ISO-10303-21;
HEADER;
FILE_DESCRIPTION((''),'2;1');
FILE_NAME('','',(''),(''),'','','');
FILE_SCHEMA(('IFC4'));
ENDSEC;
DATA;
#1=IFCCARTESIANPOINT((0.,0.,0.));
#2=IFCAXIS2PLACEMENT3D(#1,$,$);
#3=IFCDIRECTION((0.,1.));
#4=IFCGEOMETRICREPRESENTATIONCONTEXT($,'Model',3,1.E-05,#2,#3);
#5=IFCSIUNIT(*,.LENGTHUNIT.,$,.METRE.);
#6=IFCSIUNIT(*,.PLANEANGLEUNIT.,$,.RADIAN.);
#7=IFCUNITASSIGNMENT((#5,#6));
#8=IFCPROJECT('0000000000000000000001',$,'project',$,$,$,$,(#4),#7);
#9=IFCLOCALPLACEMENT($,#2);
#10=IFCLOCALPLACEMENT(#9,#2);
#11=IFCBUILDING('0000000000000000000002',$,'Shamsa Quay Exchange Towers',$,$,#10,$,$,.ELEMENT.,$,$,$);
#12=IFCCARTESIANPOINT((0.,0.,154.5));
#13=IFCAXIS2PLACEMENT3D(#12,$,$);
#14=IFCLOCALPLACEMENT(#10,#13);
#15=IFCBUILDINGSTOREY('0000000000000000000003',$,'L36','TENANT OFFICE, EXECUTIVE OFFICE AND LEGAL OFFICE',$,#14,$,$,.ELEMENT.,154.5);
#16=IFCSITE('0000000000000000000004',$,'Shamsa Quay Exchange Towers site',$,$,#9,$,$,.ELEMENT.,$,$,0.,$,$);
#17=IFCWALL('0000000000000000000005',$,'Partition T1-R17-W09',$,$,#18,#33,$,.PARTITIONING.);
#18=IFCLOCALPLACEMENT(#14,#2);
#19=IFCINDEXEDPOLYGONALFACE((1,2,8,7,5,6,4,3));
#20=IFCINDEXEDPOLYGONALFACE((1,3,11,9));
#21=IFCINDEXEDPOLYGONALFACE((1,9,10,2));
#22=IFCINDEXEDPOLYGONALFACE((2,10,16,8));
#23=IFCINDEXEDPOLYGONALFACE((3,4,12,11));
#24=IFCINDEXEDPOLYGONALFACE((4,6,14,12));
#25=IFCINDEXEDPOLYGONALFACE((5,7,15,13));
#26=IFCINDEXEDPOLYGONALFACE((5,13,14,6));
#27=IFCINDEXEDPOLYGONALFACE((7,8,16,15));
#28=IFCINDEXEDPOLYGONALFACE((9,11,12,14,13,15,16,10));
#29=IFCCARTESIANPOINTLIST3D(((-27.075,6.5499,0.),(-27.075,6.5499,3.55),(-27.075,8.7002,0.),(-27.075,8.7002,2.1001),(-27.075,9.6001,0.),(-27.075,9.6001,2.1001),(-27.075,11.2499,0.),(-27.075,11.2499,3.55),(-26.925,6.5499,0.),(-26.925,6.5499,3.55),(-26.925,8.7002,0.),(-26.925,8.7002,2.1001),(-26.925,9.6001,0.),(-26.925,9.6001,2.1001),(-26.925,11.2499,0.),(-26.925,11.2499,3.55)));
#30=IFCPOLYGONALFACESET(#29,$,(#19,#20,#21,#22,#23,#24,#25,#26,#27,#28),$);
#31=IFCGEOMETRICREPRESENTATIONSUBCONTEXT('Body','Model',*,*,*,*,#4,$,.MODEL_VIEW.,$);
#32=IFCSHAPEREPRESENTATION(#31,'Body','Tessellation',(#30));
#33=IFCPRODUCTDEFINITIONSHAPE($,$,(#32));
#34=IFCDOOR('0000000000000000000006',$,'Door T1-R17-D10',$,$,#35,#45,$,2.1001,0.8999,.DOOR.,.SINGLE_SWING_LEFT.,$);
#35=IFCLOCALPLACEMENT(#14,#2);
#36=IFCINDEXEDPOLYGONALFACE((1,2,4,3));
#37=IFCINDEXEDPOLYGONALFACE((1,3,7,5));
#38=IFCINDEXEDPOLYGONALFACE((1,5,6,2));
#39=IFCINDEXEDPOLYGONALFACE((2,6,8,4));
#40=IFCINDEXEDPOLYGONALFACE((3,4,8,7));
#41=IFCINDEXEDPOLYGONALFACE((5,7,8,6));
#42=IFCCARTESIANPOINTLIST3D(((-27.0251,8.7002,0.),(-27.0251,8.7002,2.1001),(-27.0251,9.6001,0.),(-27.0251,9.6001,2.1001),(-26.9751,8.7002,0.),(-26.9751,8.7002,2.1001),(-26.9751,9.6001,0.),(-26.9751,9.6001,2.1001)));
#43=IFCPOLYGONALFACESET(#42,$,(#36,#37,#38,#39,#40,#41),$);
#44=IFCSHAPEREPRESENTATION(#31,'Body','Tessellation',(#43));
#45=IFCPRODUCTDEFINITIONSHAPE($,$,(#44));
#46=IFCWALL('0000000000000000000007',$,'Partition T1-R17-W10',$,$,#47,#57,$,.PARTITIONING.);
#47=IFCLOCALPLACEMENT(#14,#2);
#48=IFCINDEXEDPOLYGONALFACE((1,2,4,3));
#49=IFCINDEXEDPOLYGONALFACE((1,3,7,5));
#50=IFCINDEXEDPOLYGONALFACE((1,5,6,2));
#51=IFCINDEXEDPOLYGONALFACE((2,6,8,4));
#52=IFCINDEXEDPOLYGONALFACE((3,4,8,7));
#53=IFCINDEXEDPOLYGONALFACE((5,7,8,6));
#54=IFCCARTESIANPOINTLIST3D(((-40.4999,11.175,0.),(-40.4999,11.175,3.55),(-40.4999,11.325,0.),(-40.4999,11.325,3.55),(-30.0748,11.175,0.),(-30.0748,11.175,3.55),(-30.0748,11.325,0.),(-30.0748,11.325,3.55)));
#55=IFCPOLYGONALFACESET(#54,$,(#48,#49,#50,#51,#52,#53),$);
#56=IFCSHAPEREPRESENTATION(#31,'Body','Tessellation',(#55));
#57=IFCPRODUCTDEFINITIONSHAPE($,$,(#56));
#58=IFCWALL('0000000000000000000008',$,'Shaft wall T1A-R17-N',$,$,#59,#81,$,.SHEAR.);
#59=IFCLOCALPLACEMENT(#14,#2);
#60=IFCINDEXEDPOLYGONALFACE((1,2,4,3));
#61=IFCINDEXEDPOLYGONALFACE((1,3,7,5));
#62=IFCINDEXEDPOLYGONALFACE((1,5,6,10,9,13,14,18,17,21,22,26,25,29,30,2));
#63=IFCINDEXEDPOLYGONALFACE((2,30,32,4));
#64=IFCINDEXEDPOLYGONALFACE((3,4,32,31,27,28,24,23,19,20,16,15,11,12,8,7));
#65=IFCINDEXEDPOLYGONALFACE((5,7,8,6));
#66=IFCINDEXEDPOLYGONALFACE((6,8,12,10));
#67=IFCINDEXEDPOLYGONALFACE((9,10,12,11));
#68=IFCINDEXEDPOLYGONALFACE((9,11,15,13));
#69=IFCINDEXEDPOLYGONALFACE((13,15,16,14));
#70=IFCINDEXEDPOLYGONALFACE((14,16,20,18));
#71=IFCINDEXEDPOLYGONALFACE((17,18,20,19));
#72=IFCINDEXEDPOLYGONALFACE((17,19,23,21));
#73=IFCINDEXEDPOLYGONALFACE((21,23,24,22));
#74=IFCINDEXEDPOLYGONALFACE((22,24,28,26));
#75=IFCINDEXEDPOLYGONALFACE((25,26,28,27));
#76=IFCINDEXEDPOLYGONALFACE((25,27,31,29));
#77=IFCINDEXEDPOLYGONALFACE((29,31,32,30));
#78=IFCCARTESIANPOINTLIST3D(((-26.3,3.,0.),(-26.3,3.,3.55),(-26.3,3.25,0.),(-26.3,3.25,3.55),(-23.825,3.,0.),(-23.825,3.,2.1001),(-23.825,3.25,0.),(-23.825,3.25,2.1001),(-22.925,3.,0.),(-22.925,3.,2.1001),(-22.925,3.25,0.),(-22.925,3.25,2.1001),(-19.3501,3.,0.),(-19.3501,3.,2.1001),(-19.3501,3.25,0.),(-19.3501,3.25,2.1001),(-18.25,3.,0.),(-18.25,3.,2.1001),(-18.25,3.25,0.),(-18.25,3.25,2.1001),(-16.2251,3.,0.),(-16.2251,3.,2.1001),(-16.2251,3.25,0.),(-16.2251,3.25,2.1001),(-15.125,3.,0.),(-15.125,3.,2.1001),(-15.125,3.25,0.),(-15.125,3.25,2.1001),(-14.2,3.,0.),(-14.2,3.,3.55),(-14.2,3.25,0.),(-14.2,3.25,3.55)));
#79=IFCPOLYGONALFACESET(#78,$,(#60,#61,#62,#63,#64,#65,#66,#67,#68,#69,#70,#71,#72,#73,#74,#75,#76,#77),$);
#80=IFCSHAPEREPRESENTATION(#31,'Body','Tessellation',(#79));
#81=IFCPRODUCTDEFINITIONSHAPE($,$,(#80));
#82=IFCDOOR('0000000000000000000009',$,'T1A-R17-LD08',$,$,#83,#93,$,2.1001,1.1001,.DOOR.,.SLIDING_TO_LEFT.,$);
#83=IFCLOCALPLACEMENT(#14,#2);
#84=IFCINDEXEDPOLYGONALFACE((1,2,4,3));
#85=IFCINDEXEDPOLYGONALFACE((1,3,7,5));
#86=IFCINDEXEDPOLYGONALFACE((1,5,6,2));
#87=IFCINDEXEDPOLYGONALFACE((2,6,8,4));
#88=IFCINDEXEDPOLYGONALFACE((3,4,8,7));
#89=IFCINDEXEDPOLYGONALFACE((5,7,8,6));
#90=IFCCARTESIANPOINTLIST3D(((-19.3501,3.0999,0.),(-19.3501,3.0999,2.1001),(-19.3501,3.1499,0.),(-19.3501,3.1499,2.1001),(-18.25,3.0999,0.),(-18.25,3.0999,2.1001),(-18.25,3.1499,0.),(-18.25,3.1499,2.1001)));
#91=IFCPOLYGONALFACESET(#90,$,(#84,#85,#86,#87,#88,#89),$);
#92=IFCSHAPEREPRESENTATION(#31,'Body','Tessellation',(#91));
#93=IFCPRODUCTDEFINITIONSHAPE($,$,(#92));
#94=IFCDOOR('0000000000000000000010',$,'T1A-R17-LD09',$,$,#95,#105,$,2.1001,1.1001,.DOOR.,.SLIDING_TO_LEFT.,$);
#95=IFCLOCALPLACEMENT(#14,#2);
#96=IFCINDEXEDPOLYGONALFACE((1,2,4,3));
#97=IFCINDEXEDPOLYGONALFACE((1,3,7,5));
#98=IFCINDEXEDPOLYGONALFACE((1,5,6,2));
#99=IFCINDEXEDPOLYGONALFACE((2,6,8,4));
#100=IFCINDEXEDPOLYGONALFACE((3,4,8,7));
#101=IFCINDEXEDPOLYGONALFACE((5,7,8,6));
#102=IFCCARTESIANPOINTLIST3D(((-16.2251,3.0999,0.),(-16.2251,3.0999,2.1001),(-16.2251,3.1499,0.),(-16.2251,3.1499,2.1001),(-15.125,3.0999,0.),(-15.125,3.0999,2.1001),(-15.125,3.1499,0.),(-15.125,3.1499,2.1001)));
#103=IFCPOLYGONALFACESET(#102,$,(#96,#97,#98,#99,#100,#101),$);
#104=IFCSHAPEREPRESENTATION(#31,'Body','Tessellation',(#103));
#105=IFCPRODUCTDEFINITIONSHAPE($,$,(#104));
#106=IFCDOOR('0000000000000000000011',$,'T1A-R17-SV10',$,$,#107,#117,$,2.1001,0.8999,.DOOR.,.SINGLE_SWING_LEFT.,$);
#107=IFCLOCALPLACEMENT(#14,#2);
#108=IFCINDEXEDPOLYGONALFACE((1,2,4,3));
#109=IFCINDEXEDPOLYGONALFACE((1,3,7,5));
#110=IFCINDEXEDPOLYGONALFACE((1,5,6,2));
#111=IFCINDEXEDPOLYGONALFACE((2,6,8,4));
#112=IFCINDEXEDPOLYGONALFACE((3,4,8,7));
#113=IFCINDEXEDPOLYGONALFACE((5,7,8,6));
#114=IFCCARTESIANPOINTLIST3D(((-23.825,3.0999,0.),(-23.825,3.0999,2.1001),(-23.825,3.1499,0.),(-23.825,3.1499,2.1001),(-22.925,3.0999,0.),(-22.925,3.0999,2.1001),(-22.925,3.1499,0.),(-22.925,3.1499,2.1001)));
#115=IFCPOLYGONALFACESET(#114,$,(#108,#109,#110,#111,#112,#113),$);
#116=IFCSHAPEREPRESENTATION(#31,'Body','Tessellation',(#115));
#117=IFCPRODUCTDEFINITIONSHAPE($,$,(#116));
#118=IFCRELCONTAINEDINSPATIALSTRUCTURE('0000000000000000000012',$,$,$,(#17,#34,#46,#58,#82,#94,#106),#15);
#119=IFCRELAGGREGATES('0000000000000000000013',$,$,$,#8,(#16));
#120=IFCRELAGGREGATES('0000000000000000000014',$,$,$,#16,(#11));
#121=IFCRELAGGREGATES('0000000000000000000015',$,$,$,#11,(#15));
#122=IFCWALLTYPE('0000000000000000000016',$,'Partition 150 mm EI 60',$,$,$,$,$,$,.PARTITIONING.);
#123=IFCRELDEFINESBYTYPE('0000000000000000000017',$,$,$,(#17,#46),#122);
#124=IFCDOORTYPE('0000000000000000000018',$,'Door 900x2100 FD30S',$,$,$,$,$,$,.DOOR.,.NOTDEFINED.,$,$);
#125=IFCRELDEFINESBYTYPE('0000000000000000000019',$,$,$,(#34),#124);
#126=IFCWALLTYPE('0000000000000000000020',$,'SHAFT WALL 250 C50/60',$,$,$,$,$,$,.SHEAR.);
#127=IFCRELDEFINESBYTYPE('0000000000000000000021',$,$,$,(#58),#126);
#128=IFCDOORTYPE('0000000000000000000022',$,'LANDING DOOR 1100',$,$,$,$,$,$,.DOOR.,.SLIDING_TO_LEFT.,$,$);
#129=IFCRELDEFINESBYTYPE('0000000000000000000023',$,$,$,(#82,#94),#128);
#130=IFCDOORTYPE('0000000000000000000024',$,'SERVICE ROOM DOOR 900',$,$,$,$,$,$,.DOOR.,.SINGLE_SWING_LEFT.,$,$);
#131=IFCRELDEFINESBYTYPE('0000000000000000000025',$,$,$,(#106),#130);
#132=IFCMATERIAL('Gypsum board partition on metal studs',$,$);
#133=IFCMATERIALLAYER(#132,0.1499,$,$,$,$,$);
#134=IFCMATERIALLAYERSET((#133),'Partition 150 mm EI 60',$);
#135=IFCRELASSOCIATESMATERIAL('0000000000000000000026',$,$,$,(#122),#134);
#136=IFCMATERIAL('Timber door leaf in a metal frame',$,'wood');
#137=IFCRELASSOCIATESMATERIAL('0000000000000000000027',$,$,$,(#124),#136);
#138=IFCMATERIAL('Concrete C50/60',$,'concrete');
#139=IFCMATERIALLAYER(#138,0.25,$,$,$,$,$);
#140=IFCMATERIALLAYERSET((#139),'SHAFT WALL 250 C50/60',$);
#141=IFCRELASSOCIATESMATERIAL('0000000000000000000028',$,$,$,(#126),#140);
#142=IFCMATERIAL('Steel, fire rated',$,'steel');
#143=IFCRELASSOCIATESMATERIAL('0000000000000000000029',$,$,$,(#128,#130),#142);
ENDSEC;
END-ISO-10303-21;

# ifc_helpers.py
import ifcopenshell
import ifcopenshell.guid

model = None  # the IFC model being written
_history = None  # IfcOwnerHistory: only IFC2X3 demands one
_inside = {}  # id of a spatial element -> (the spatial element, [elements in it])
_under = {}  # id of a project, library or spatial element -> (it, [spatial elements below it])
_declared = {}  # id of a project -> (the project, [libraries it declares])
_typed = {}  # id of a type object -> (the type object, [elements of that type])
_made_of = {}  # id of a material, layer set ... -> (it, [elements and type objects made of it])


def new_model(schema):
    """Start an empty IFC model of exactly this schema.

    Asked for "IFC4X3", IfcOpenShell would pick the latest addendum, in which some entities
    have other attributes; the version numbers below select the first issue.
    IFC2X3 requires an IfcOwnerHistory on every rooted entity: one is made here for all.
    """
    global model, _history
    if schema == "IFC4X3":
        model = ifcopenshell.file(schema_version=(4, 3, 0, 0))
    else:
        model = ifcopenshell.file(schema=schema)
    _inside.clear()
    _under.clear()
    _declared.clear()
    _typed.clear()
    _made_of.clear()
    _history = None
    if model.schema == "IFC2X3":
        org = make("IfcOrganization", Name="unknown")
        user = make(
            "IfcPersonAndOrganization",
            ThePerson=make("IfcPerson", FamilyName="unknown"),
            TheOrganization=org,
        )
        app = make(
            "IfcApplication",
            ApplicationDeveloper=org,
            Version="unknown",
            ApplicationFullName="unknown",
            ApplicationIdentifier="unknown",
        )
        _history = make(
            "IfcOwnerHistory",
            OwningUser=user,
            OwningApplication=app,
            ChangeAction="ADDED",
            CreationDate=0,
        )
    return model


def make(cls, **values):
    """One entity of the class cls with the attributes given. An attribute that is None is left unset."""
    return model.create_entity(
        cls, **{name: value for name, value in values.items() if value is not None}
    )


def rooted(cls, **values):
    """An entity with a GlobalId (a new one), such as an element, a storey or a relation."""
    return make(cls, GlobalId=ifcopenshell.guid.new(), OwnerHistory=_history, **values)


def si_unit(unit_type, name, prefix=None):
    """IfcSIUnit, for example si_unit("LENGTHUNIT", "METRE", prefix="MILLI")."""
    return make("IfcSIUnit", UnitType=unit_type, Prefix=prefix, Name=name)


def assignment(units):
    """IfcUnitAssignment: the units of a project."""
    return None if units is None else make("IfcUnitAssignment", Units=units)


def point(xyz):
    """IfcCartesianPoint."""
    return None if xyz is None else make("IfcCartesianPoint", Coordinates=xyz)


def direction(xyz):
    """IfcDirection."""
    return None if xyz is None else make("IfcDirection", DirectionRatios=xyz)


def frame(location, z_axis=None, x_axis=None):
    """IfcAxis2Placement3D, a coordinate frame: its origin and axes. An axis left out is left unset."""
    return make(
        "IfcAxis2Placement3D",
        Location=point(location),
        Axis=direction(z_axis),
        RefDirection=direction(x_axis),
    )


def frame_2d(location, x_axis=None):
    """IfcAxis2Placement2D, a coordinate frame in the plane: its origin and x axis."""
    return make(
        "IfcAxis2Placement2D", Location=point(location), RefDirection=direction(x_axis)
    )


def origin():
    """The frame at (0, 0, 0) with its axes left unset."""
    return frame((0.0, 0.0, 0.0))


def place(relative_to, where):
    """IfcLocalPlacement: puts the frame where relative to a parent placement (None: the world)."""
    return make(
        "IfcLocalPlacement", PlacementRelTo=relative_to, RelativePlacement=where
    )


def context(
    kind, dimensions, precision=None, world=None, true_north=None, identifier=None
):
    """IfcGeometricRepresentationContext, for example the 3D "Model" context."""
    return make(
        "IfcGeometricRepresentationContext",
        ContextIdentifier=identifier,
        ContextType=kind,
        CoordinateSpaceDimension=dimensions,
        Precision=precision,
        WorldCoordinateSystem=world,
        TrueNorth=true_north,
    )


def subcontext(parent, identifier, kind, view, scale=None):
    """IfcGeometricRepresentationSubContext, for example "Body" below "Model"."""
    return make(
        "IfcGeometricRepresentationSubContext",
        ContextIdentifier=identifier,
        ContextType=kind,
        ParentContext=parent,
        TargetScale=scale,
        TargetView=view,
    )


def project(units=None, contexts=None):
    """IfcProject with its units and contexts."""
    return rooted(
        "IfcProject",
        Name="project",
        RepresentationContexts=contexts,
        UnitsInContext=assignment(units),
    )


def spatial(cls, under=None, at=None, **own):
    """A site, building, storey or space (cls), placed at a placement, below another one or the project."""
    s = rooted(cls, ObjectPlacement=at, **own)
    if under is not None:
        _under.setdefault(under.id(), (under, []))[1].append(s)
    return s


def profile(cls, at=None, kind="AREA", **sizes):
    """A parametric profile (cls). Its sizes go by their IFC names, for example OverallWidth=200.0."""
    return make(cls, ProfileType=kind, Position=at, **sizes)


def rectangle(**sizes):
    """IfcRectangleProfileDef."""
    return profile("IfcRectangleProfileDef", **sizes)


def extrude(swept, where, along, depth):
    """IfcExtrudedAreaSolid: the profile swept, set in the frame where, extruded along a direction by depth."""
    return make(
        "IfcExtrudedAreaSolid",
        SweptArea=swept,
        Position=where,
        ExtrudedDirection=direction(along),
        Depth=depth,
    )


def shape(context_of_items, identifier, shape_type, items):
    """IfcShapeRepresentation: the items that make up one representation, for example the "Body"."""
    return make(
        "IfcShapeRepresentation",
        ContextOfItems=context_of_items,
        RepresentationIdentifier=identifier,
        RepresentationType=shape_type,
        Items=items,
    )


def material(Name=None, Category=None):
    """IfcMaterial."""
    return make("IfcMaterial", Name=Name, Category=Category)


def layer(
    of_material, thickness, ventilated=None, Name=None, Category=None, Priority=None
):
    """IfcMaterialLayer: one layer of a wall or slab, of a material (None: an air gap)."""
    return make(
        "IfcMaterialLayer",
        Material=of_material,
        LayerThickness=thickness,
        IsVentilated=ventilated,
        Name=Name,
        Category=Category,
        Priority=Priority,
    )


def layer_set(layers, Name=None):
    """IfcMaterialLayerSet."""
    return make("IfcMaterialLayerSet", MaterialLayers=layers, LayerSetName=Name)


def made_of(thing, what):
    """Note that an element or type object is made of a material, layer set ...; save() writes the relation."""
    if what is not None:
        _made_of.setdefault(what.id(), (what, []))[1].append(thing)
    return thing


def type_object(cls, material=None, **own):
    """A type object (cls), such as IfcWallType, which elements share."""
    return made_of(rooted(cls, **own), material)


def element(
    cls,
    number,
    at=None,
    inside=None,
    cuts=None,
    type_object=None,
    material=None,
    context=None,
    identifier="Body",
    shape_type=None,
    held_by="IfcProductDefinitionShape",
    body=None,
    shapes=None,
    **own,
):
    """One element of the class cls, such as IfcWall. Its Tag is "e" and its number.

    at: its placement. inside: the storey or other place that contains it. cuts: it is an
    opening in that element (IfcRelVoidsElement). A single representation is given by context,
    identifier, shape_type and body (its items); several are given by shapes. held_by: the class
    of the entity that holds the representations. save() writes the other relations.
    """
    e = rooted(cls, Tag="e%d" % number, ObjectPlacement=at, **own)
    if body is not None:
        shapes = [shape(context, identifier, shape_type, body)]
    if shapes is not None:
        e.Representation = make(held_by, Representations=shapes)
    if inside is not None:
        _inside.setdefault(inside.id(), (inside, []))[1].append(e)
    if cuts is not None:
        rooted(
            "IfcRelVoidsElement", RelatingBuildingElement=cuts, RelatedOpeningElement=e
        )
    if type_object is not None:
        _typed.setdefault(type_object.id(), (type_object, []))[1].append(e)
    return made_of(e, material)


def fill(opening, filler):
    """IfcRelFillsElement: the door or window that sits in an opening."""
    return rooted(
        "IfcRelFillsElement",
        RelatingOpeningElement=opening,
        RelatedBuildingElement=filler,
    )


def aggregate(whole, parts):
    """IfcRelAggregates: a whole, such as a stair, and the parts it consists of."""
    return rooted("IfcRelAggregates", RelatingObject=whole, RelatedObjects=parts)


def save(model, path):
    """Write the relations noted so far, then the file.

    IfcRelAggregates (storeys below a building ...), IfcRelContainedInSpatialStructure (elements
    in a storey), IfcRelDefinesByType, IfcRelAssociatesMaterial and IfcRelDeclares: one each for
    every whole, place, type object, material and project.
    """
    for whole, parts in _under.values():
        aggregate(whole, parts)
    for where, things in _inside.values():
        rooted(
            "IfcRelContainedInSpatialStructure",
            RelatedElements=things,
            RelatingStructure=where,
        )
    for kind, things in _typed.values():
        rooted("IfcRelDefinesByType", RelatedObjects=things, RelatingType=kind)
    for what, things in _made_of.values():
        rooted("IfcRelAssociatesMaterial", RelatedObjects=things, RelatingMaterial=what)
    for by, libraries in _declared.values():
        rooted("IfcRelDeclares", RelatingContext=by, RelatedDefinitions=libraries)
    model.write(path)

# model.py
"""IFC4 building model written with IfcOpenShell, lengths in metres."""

from ifc_helpers import new_model, si_unit, direction, frame, frame_2d, origin, place, context, subcontext, project, spatial, rectangle, extrude, material, layer, layer_set, type_object, element, fill, save


model = new_model("IFC4")

# Units and contexts
model_context = context("Model", 3, precision=1e-05, world=origin(), true_north=direction((0.0, 1.0)))
body_context = subcontext(model_context, "Body", "Model", "MODEL_VIEW")
ifc_project = project(units=[si_unit("LENGTHUNIT", "METRE"), si_unit("PLANEANGLEUNIT", "RADIAN")], contexts=[model_context])

# Site, building, storey
site_placement = place(None, origin())
site = spatial("IfcSite", under=ifc_project, at=site_placement, Name="Shamsa Quay Exchange Towers site", CompositionType="ELEMENT", RefElevation=0.0)
building_placement = place(site_placement, origin())
building = spatial("IfcBuilding", under=site, at=building_placement, Name="Shamsa Quay Exchange Towers", CompositionType="ELEMENT")
storey_placement = place(building_placement, frame((0.0, 0.0, 154.5)))
storey = spatial("IfcBuildingStorey", under=building, at=storey_placement, Name="L36", Description="TENANT OFFICE, EXECUTIVE OFFICE AND LEGAL OFFICE", CompositionType="ELEMENT", Elevation=154.5)

# Shared definitions
ifc_material_1 = material(Name="Steel, fire rated", Category="steel")

# Shared definitions
ifc_material_2 = material(Name="Gypsum board partition on metal studs")

# Shared definitions
ifc_layer_1 = layer(ifc_material_2, 0.1499)
ifc_layer_set_1 = layer_set([ifc_layer_1], Name="Partition 150 mm EI 60")
wall_type_1 = type_object("IfcWallType", Name="Partition 150 mm EI 60", PredefinedType="PARTITIONING", material=ifc_layer_set_1)
ifc_material_3 = material(Name="Timber door leaf in a metal frame", Category="wood")
door_type_1 = type_object("IfcDoorType", Name="Door 900x2100 FD30S", OperationType="NOTDEFINED", PredefinedType="DOOR", material=ifc_material_3)

# Wall, opening, door
wall_1_placement = place(storey_placement, frame((-27.0, 11.25, 0.0), z_axis=(0.0, 0.0, 1.0), x_axis=(0.0, -1.0, 0.0)))
wall_1 = element("IfcWall", 1, at=wall_1_placement, inside=storey, type_object=wall_type_1, Name="Partition T1-R17-W09", PredefinedType="PARTITIONING", context=body_context, shape_type="SweptSolid", body=[
    extrude(rectangle(XDim=4.7, YDim=0.1499, at=frame_2d((2.3501, 0.0))), origin(), (0.0, 0.0, 1.0), 3.55),
])
opening_1_placement = place(wall_1_placement, frame((1.6499, 0.0, 0.0)))
opening_1 = element("IfcOpeningElement", 2, at=opening_1_placement, cuts=wall_1, PredefinedType="OPENING", context=body_context, shape_type="SweptSolid", body=[
    extrude(rectangle(XDim=0.8999, YDim=2.1001, at=frame_2d((0.45, 1.05))), frame((0.0, 0.085, 0.0), z_axis=(0.0, -1.0, 0.0), x_axis=(1.0, 0.0, 0.0)), (0.0, 0.0, 1.0), 0.1699),
])
door_1_placement = place(opening_1_placement, origin())
door_1 = element("IfcDoor", 3, at=door_1_placement, inside=storey, type_object=door_type_1, Name="Door T1-R17-D10", OperationType="SINGLE_SWING_LEFT", OverallHeight=2.1001, OverallWidth=0.8999, PredefinedType="DOOR", context=body_context, shape_type="SweptSolid", body=[
    extrude(rectangle(XDim=0.8999, YDim=2.1001, at=frame_2d((0.45, 1.05))), frame((0.0, 0.0249, 0.0), z_axis=(0.0, -1.0, 0.0), x_axis=(1.0, 0.0, 0.0)), (0.0, 0.0, 1.0), 0.05),
])
fill(opening_1, door_1)

# Wall
wall_2_placement = place(storey_placement, frame((-30.075, 11.25, 0.0), z_axis=(0.0, 0.0, 1.0), x_axis=(-1.0, 0.0, 0.0)))
element("IfcWall", 4, at=wall_2_placement, inside=storey, type_object=wall_type_1, Name="Partition T1-R17-W10", PredefinedType="PARTITIONING", context=body_context, shape_type="SweptSolid", body=[
    extrude(rectangle(XDim=10.425, YDim=0.1499, at=frame_2d((5.2124, 0.0))), origin(), (0.0, 0.0, 1.0), 3.55),
])

# Wall, openings, doors
ifc_material_4 = material(Name="Concrete C50/60", Category="concrete")
ifc_layer_2 = layer(ifc_material_4, 0.25)
ifc_layer_set_2 = layer_set([ifc_layer_2], Name="SHAFT WALL 250 C50/60")
wall_type_2 = type_object("IfcWallType", Name="SHAFT WALL 250 C50/60", PredefinedType="SHEAR", material=ifc_layer_set_2)
wall_3_placement = place(storey_placement, frame((-26.3, 3.125, 0.0)))
wall_3 = element("IfcWall", 5, at=wall_3_placement, inside=storey, type_object=wall_type_2, Name="Shaft wall T1A-R17-N", PredefinedType="SHEAR", context=body_context, shape_type="SweptSolid", body=[
    extrude(rectangle(XDim=12.1001, YDim=0.25, at=frame_2d((6.05, 0.0))), origin(), (0.0, 0.0, 1.0), 3.55),
])
opening_2_placement = place(wall_3_placement, frame((6.95, 0.0, 0.0)))
opening_2 = element("IfcOpeningElement", 6, at=opening_2_placement, cuts=wall_3, PredefinedType="OPENING", context=body_context, shape_type="SweptSolid", body=[
    extrude(rectangle(XDim=1.1001, YDim=2.1001, at=frame_2d((0.55, 1.05))), frame((0.0, 0.135, 0.0), z_axis=(0.0, -1.0, 0.0), x_axis=(1.0, 0.0, 0.0)), (0.0, 0.0, 1.0), 0.27),
])
opening_3_placement = place(wall_3_placement, frame((10.075, 0.0, 0.0)))
opening_3 = element("IfcOpeningElement", 7, at=opening_3_placement, cuts=wall_3, PredefinedType="OPENING", context=body_context, shape_type="SweptSolid", body=[
    extrude(rectangle(XDim=1.1001, YDim=2.1001, at=frame_2d((0.55, 1.05))), frame((0.0, 0.135, 0.0), z_axis=(0.0, -1.0, 0.0), x_axis=(1.0, 0.0, 0.0)), (0.0, 0.0, 1.0), 0.27),
])
opening_4_placement = place(wall_3_placement, frame((2.4751, 0.0, 0.0)))
opening_4 = element("IfcOpeningElement", 8, at=opening_4_placement, cuts=wall_3, PredefinedType="OPENING", context=body_context, shape_type="SweptSolid", body=[
    extrude(rectangle(XDim=0.8999, YDim=2.1001, at=frame_2d((0.45, 1.05))), frame((0.0, 0.135, 0.0), z_axis=(0.0, -1.0, 0.0), x_axis=(1.0, 0.0, 0.0)), (0.0, 0.0, 1.0), 0.27),
])
door_type_2 = type_object("IfcDoorType", Name="LANDING DOOR 1100", OperationType="SLIDING_TO_LEFT", PredefinedType="DOOR", material=ifc_material_1)
door_2_placement = place(opening_2_placement, origin())
door_2 = element("IfcDoor", 9, at=door_2_placement, inside=storey, type_object=door_type_2, Name="T1A-R17-LD08", OperationType="SLIDING_TO_LEFT", OverallHeight=2.1001, OverallWidth=1.1001, PredefinedType="DOOR", context=body_context, shape_type="SweptSolid", body=[
    extrude(rectangle(XDim=1.1001, YDim=2.1001, at=frame_2d((0.55, 1.05))), frame((0.0, 0.0249, 0.0), z_axis=(0.0, -1.0, 0.0), x_axis=(1.0, 0.0, 0.0)), (0.0, 0.0, 1.0), 0.05),
])
fill(opening_2, door_2)
door_3_placement = place(opening_3_placement, origin())
door_3 = element("IfcDoor", 10, at=door_3_placement, inside=storey, type_object=door_type_2, Name="T1A-R17-LD09", OperationType="SLIDING_TO_LEFT", OverallHeight=2.1001, OverallWidth=1.1001, PredefinedType="DOOR", context=body_context, shape_type="SweptSolid", body=[
    extrude(rectangle(XDim=1.1001, YDim=2.1001, at=frame_2d((0.55, 1.05))), frame((0.0, 0.0249, 0.0), z_axis=(0.0, -1.0, 0.0), x_axis=(1.0, 0.0, 0.0)), (0.0, 0.0, 1.0), 0.05),
])
fill(opening_3, door_3)
door_type_3 = type_object("IfcDoorType", Name="SERVICE ROOM DOOR 900", OperationType="SINGLE_SWING_LEFT", PredefinedType="DOOR", material=ifc_material_1)
door_4_placement = place(opening_4_placement, origin())
door_4 = element("IfcDoor", 11, at=door_4_placement, inside=storey, type_object=door_type_3, Name="T1A-R17-SV10", OperationType="SINGLE_SWING_LEFT", OverallHeight=2.1001, OverallWidth=0.8999, PredefinedType="DOOR", context=body_context, shape_type="SweptSolid", body=[
    extrude(rectangle(XDim=0.8999, YDim=2.1001, at=frame_2d((0.45, 1.05))), frame((0.0, 0.0249, 0.0), z_axis=(0.0, -1.0, 0.0), x_axis=(1.0, 0.0, 0.0)), (0.0, 0.0, 1.0), 0.05),
])
fill(opening_4, door_4)

save(model, "model.ifc")
